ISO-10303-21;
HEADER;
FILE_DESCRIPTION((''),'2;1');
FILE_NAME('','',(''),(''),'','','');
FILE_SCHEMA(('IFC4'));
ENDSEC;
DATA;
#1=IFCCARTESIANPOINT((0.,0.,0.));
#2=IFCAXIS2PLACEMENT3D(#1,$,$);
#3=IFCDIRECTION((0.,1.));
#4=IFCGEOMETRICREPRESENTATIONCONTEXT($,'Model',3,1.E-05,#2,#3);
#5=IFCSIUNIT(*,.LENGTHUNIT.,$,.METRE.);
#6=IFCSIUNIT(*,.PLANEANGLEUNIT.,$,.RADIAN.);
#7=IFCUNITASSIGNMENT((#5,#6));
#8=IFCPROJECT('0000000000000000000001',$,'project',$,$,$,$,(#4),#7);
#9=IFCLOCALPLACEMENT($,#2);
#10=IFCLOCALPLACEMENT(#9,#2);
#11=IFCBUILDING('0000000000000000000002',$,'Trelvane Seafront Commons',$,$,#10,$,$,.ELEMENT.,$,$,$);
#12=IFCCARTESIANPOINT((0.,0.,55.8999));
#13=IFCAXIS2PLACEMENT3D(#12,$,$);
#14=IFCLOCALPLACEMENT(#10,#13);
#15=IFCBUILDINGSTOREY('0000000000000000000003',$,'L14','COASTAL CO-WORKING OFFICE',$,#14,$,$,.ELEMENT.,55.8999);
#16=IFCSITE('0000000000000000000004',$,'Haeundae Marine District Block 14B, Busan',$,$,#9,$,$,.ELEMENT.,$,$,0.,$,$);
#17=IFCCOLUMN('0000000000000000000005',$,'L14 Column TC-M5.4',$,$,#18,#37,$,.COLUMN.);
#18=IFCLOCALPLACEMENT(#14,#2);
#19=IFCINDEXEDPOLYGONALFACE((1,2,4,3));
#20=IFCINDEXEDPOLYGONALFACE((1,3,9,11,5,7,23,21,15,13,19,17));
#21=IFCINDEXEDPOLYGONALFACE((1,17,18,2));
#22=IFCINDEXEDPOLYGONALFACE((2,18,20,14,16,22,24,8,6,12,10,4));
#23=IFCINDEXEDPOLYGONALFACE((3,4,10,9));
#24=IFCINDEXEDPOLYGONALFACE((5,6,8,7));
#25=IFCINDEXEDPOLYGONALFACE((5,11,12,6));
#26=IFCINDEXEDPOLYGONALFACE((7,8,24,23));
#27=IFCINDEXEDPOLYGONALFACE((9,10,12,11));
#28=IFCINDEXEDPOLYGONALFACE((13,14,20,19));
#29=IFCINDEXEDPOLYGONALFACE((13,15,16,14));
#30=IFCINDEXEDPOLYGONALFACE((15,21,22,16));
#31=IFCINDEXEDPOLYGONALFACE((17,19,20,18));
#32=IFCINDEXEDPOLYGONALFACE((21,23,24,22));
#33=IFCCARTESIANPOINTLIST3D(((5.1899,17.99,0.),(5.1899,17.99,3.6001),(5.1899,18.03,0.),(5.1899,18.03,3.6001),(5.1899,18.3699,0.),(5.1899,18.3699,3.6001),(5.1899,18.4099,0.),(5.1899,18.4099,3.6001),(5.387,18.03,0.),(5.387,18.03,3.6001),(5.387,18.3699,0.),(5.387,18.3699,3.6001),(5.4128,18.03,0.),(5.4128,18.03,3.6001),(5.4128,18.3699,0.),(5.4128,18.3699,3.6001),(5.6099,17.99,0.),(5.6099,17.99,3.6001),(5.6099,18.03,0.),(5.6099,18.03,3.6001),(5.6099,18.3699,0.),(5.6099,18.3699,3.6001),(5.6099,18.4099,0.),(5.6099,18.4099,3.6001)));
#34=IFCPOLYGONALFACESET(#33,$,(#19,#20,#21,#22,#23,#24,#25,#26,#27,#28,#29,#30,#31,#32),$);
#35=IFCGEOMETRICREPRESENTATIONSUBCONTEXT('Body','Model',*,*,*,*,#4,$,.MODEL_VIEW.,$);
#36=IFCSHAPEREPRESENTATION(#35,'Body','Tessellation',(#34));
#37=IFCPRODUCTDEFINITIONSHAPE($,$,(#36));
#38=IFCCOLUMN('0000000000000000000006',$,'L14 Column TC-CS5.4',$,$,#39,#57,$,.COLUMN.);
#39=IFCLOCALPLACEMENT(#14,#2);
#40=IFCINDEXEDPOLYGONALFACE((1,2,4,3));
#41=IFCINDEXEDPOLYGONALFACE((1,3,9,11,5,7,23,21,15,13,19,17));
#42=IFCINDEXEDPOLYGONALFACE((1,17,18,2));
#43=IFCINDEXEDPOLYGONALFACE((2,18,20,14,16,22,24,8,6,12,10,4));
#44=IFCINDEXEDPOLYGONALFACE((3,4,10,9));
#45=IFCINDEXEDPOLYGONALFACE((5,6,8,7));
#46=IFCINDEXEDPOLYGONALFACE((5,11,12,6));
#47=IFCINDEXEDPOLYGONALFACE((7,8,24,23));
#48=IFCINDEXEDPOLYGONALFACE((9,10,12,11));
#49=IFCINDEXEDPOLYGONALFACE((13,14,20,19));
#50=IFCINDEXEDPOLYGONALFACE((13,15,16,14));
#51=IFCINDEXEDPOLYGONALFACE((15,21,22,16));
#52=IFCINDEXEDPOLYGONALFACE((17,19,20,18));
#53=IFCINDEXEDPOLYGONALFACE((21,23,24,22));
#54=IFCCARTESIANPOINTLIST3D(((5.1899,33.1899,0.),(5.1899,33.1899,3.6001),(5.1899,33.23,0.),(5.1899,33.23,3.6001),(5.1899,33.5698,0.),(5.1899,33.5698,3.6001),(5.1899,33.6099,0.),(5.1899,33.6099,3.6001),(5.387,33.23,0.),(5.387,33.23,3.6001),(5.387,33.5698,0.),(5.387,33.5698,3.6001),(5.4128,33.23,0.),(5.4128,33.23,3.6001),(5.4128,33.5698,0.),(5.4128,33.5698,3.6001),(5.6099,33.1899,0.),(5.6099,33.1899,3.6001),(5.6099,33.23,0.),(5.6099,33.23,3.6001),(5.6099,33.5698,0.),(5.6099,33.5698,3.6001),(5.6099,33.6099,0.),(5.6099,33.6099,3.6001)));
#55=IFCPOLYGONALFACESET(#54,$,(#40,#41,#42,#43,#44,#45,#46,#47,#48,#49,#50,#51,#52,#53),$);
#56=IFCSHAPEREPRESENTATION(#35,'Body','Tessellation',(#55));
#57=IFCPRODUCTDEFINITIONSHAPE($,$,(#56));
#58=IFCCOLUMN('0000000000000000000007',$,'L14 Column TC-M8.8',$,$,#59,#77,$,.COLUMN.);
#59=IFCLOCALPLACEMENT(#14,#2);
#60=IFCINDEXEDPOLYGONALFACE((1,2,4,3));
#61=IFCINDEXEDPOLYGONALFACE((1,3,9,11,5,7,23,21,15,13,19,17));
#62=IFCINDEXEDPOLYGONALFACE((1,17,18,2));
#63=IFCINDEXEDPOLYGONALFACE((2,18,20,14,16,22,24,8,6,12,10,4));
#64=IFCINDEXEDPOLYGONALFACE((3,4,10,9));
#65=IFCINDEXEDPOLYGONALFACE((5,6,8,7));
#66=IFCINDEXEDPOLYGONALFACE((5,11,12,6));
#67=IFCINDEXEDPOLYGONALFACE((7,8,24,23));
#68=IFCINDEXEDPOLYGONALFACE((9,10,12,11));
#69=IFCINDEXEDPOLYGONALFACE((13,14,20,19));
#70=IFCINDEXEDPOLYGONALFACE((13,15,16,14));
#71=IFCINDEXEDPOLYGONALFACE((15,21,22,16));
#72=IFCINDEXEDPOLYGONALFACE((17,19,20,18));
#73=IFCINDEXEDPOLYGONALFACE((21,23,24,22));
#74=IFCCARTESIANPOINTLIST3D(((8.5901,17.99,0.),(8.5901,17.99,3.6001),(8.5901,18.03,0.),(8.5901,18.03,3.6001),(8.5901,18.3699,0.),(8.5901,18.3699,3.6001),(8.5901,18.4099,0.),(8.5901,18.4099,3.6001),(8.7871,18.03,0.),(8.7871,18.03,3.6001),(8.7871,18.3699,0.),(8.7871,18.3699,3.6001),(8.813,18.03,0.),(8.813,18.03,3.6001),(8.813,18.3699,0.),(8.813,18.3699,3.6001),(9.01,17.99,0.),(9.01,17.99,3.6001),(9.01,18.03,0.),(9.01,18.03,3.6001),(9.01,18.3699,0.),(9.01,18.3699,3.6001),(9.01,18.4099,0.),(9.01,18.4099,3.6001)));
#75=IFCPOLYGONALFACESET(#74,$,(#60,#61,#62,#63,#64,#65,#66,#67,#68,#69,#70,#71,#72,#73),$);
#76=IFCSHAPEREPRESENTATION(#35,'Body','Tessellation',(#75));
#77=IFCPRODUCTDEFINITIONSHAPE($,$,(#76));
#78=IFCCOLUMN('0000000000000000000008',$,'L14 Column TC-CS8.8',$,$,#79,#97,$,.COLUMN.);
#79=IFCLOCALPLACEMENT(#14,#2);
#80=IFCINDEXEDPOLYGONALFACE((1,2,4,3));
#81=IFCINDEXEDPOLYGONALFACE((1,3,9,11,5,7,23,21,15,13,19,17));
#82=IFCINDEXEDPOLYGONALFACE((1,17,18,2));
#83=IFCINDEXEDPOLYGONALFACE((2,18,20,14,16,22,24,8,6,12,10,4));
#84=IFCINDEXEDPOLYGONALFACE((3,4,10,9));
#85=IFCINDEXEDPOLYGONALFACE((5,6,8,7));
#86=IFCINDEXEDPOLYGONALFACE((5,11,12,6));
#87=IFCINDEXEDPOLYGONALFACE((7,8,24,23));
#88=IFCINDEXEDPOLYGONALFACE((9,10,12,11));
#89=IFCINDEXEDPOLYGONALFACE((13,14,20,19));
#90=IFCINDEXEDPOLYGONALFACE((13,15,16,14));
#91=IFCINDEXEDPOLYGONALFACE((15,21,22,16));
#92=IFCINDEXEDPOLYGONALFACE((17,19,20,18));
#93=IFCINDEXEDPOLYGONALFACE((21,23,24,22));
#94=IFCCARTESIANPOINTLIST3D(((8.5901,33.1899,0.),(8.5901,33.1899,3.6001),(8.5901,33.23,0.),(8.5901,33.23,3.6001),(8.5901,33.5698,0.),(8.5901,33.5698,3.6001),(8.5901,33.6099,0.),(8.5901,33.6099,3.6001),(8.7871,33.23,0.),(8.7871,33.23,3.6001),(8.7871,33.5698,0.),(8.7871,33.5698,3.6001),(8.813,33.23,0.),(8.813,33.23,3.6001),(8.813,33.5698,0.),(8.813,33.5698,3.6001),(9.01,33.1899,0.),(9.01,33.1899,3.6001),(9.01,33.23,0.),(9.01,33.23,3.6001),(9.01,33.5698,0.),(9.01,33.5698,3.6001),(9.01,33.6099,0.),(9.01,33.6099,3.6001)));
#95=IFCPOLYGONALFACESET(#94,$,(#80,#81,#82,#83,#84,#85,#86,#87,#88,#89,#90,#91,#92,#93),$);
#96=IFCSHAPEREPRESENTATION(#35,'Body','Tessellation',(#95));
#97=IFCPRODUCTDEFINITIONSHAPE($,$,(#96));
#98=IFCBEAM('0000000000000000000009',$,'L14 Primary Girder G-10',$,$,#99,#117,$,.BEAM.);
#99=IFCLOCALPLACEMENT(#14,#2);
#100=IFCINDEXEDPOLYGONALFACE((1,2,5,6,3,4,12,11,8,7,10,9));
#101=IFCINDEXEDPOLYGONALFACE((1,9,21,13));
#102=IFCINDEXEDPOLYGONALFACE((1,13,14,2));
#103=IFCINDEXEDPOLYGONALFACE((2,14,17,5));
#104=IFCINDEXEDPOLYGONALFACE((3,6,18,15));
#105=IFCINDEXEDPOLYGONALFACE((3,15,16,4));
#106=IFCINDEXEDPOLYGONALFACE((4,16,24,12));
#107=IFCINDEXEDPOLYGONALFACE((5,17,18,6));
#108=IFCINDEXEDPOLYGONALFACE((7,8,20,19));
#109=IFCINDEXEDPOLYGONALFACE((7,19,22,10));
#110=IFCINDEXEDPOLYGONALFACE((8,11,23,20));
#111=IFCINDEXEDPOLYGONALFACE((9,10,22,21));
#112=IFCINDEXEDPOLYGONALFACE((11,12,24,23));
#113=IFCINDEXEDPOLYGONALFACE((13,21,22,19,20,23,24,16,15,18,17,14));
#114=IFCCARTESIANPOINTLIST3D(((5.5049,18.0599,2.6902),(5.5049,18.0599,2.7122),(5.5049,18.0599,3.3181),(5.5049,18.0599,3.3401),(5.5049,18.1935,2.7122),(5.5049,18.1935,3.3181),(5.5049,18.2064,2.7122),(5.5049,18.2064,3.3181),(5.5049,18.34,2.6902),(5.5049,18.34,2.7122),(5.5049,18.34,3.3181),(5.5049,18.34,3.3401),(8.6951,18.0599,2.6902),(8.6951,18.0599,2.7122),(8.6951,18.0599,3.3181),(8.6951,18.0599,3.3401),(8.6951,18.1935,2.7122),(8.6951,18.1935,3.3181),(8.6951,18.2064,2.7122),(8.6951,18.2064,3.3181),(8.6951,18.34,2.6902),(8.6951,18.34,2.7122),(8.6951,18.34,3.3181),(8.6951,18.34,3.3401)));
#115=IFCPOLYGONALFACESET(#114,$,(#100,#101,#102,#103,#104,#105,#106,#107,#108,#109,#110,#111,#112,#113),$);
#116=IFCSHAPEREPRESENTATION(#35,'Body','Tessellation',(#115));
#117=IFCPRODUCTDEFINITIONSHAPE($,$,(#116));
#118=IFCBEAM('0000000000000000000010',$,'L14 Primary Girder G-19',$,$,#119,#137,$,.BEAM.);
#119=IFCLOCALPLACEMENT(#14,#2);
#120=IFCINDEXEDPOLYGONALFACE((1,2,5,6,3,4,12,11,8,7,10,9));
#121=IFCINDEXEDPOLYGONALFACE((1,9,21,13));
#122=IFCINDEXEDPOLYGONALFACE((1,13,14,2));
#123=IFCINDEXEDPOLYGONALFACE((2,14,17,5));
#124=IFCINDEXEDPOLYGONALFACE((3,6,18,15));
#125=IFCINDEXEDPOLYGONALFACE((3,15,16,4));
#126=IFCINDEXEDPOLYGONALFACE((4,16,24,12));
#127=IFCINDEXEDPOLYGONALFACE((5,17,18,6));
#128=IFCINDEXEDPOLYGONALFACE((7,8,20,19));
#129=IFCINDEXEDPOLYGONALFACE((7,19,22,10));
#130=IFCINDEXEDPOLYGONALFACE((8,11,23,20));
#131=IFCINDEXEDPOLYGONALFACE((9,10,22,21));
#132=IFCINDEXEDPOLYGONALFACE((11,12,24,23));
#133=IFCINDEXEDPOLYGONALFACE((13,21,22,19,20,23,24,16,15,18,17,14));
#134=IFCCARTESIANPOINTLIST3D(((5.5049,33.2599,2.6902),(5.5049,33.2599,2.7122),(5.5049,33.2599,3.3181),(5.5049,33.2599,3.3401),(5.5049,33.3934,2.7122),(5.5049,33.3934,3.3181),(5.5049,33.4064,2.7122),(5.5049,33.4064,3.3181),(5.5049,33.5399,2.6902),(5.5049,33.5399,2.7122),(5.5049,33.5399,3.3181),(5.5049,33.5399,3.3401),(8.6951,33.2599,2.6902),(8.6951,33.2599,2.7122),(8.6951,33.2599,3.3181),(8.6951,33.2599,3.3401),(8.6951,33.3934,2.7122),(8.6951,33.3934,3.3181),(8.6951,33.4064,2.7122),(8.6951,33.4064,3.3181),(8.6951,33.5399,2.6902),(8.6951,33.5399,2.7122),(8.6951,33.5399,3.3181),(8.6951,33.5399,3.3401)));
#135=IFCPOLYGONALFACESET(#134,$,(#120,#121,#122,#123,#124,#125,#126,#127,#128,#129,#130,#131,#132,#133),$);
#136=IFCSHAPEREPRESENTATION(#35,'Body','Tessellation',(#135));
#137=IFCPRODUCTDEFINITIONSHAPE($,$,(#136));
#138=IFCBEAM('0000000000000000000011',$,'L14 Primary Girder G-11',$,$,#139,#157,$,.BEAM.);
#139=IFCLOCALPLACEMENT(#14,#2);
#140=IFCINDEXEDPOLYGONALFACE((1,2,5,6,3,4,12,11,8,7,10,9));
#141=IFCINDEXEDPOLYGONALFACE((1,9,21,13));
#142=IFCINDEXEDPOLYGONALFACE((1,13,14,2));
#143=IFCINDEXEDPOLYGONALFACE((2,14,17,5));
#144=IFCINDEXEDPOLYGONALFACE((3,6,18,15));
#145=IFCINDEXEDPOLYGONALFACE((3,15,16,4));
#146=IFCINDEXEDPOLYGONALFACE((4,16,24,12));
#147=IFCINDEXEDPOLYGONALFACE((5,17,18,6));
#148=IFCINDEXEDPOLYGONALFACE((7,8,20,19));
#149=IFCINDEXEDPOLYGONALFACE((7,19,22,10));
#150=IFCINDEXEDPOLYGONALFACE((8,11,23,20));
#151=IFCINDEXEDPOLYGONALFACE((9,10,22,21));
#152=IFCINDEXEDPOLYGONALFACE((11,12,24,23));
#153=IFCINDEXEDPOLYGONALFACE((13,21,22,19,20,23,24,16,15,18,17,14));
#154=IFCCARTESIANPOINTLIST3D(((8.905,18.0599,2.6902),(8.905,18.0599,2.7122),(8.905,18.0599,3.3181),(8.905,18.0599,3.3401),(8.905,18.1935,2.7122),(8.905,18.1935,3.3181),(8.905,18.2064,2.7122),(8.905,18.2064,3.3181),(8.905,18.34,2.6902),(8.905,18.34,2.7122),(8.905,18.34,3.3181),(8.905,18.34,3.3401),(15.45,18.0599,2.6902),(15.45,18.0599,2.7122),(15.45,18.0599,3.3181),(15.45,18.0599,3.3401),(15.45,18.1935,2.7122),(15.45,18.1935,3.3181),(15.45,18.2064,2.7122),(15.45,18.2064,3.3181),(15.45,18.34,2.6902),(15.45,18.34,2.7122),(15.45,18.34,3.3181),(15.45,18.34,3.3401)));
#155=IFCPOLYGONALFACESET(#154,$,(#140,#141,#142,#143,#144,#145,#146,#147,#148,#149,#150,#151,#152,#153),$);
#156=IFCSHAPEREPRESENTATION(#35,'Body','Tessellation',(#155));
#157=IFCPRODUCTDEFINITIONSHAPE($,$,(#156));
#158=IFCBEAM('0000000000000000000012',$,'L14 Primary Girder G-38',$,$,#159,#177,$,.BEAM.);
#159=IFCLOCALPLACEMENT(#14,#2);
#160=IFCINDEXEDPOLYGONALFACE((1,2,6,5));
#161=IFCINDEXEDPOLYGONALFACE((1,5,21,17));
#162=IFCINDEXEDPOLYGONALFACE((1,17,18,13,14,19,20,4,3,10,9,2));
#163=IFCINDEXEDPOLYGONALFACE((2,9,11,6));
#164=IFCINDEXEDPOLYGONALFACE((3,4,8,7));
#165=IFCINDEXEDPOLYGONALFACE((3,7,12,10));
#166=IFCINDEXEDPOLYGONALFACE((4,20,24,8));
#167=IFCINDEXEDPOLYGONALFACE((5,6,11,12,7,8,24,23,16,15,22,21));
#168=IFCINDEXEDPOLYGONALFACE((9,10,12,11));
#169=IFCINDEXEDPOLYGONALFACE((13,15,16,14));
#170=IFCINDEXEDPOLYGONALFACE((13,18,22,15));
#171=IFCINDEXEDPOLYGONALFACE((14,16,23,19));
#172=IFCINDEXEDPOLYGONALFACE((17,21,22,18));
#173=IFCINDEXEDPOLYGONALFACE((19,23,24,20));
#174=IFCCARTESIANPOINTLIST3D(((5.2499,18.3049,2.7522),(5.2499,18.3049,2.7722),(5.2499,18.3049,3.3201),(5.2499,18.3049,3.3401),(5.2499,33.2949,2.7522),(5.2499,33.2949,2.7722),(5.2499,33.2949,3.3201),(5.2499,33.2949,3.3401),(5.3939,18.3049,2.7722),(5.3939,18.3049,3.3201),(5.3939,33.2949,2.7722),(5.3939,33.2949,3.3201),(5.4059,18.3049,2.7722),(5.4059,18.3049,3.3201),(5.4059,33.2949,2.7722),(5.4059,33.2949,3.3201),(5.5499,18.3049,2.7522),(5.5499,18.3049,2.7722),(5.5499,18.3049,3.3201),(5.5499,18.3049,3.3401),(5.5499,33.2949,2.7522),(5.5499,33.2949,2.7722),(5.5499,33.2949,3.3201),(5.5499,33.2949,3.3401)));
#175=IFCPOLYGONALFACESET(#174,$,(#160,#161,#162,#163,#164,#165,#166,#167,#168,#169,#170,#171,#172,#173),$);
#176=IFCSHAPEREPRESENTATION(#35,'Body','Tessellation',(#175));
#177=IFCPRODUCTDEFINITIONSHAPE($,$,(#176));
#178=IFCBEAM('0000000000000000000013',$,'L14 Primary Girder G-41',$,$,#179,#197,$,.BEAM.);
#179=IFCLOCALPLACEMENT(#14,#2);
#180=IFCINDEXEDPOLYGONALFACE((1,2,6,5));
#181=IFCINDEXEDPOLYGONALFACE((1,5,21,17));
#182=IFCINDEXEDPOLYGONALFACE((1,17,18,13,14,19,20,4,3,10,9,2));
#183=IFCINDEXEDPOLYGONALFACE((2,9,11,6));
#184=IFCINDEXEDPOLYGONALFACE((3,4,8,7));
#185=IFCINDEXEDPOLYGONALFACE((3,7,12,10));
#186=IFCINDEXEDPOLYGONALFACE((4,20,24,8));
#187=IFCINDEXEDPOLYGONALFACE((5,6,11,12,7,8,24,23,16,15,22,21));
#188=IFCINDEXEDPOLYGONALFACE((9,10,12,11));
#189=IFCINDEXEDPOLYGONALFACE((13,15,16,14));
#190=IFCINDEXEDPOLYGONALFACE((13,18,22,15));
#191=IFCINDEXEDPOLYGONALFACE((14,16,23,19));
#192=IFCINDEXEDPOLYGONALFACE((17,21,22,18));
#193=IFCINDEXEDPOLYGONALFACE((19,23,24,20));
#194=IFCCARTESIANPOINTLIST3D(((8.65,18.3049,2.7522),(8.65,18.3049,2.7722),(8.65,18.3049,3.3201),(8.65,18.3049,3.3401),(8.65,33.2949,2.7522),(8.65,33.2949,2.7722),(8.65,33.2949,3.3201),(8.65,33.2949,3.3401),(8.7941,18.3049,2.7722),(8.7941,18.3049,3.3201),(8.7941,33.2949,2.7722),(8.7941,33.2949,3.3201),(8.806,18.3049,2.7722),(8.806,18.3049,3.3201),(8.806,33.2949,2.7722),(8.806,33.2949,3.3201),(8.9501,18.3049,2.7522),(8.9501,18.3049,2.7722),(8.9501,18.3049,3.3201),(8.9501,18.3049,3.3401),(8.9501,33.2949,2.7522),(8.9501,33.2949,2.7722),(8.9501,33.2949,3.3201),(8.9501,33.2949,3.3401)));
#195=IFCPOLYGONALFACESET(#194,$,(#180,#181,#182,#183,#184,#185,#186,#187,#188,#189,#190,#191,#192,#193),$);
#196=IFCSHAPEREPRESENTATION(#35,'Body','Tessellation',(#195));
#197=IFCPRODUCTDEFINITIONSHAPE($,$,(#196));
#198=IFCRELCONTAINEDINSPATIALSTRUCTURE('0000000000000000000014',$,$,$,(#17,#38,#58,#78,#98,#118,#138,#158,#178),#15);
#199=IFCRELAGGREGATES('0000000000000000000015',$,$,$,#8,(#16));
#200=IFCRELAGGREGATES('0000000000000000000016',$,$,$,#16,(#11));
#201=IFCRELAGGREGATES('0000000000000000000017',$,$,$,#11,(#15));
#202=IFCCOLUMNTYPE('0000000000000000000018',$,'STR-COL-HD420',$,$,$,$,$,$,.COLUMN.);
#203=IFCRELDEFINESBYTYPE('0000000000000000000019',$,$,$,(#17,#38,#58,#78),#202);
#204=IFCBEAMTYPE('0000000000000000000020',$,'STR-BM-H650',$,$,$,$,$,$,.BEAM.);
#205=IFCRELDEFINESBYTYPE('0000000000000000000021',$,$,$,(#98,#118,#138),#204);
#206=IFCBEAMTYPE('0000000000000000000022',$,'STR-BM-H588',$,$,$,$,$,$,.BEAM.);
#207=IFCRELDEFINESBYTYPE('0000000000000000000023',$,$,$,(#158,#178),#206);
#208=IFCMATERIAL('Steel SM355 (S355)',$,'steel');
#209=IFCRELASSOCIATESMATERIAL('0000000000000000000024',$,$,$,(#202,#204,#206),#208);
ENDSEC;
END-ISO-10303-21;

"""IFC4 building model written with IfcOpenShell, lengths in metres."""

from ifc_helpers import new_model, si_unit, direction, frame, origin, origin_2d, place, context, subcontext, project, spatial, i_section, extrude, source, transform, mapped, material, material_profile, profile_set, type_object, element, save


model = new_model("IFC4")

# Units and contexts
model_context = context("Model", 3, precision=1e-05, world=origin(), true_north=direction((0.0, 1.0)))
body_context = subcontext(model_context, "Body", "Model", "MODEL_VIEW")
ifc_project = project(units=[si_unit("LENGTHUNIT", "METRE"), si_unit("PLANEANGLEUNIT", "RADIAN")], contexts=[model_context])

# Site, building, storey
site_placement = place(None, origin())
site = spatial("IfcSite", under=ifc_project, at=site_placement, Name="Haeundae Marine District Block 14B, Busan", CompositionType="ELEMENT", RefElevation=0.0)
building_placement = place(site_placement, origin())
building = spatial("IfcBuilding", under=site, at=building_placement, Name="Trelvane Seafront Commons", CompositionType="ELEMENT")
storey_placement = place(building_placement, frame((0.0, 0.0, 55.8999)))
storey = spatial("IfcBuildingStorey", under=building, at=storey_placement, Name="L14", Description="COASTAL CO-WORKING OFFICE", CompositionType="ELEMENT", Elevation=55.8999)

# Columns
ifc_material_1 = material(Name="Steel SM355 (S355)", Category="steel")
ifc_material_profile_1 = material_profile(ifc_material_1, i_section(OverallWidth=0.4199, OverallDepth=0.4199, WebThickness=0.0259, FlangeThickness=0.04, at=origin_2d()), Name="HD-420x420x26x40")
ifc_profile_set_1 = profile_set([ifc_material_profile_1], Name="Steel SM355 (S355)")
column_type = type_object("IfcColumnType", Name="STR-COL-HD420", PredefinedType="COLUMN", material=ifc_profile_set_1)
shared_shape_1 = source(origin(), body_context, "Body", "SweptSolid", [
    extrude(i_section(OverallWidth=0.4199, OverallDepth=0.4199, WebThickness=0.0259, FlangeThickness=0.04, at=origin_2d()), origin(), (0.0, 0.0, 1.0), 3.6001),
])
for number, where, z_axis, x_axis, name in (
    (1, (5.3999, 18.2, 0.0), (0.0, 0.0, 1.0), (1.0, 0.0, 0.0), "L14 Column TC-M5.4"),
    (2, (5.3999, 33.3999, 0.0), (0.0, 0.0, 1.0), (1.0, 0.0, 0.0), "L14 Column TC-CS5.4"),
    (3, (8.8, 18.2, 0.0), (0.0, 0.0, 1.0), (1.0, 0.0, 0.0), "L14 Column TC-M8.8"),
    (4, (8.8, 33.3999, 0.0), (0.0, 0.0, 1.0), (1.0, 0.0, 0.0), "L14 Column TC-CS8.8"),
):
    element("IfcColumn", number, at=place(storey_placement, frame(where, z_axis=z_axis, x_axis=x_axis)), inside=storey, type_object=column_type, Name=name, PredefinedType="COLUMN", context=body_context, shape_type="MappedRepresentation", body=[
        mapped(shared_shape_1, transform((0.0, 0.0, 0.0), x_axis=(1.0, 0.0, 0.0), y_axis=(0.0, 1.0, 0.0), z_axis=(0.0, 0.0, 1.0), scale=1.0)),
    ])

# Beams
ifc_material_profile_2 = material_profile(ifc_material_1, i_section(OverallWidth=0.28, OverallDepth=0.6499, WebThickness=0.0129, FlangeThickness=0.022, at=origin_2d()), Name="H-650x280x13x22")
ifc_profile_set_2 = profile_set([ifc_material_profile_2], Name="Steel SM355 (S355)")
beam_type_1 = type_object("IfcBeamType", Name="STR-BM-H650", PredefinedType="BEAM", material=ifc_profile_set_2)
shared_shape_2 = source(origin(), body_context, "Body", "SweptSolid", [
    extrude(i_section(OverallWidth=0.28, OverallDepth=0.6499, WebThickness=0.0129, FlangeThickness=0.022, at=origin_2d()), origin(), (0.0, 0.0, 1.0), 3.1902),
])
for number, where, z_axis, x_axis, name in (
    (5, (5.5049, 18.2, 3.0151), (1.0, 0.0, 0.0), (0.0, 1.0, 0.0), "L14 Primary Girder G-10"),
    (6, (5.5049, 33.3999, 3.0151), (1.0, 0.0, 0.0), (0.0, 1.0, 0.0), "L14 Primary Girder G-19"),
):
    element("IfcBeam", number, at=place(storey_placement, frame(where, z_axis=z_axis, x_axis=x_axis)), inside=storey, type_object=beam_type_1, Name=name, PredefinedType="BEAM", context=body_context, shape_type="MappedRepresentation", body=[
        mapped(shared_shape_2, transform((0.0, 0.0, 0.0), x_axis=(1.0, 0.0, 0.0), y_axis=(0.0, 1.0, 0.0), z_axis=(0.0, 0.0, 1.0), scale=1.0)),
    ])
shared_shape_3 = source(origin(), body_context, "Body", "SweptSolid", [
    extrude(i_section(OverallWidth=0.28, OverallDepth=0.6499, WebThickness=0.0129, FlangeThickness=0.022, at=origin_2d()), origin(), (0.0, 0.0, 1.0), 6.5449),
])
beam_placement = place(storey_placement, frame((8.905, 18.2, 3.0151), z_axis=(1.0, 0.0, 0.0), x_axis=(0.0, 1.0, 0.0)))
element("IfcBeam", 7, at=beam_placement, inside=storey, type_object=beam_type_1, Name="L14 Primary Girder G-11", PredefinedType="BEAM", context=body_context, shape_type="MappedRepresentation", body=[
    mapped(shared_shape_3, transform((0.0, 0.0, 0.0), x_axis=(1.0, 0.0, 0.0), y_axis=(0.0, 1.0, 0.0), z_axis=(0.0, 0.0, 1.0), scale=1.0)),
])
ifc_material_profile_3 = material_profile(ifc_material_1, i_section(OverallWidth=0.3, OverallDepth=0.5879, WebThickness=0.012, FlangeThickness=0.02, at=origin_2d()), Name="H-588x300x12x20")
ifc_profile_set_3 = profile_set([ifc_material_profile_3], Name="Steel SM355 (S355)")
beam_type_2 = type_object("IfcBeamType", Name="STR-BM-H588", PredefinedType="BEAM", material=ifc_profile_set_3)
shared_shape_4 = source(origin(), body_context, "Body", "SweptSolid", [
    extrude(i_section(OverallWidth=0.3, OverallDepth=0.5879, WebThickness=0.012, FlangeThickness=0.02, at=origin_2d()), origin(), (0.0, 0.0, 1.0), 14.99),
])
for number, where, z_axis, x_axis, name in (
    (8, (5.3999, 18.3049, 3.0461), (0.0, 1.0, 0.0), (-1.0, 0.0, 0.0), "L14 Primary Girder G-38"),
    (9, (8.8, 18.3049, 3.0461), (0.0, 1.0, 0.0), (-1.0, 0.0, 0.0), "L14 Primary Girder G-41"),
):
    element("IfcBeam", number, at=place(storey_placement, frame(where, z_axis=z_axis, x_axis=x_axis)), inside=storey, type_object=beam_type_2, Name=name, PredefinedType="BEAM", context=body_context, shape_type="MappedRepresentation", body=[
        mapped(shared_shape_4, transform((0.0, 0.0, 0.0), x_axis=(1.0, 0.0, 0.0), y_axis=(0.0, 1.0, 0.0), z_axis=(0.0, 0.0, 1.0), scale=1.0)),
    ])

save(model, "model.ifc")
